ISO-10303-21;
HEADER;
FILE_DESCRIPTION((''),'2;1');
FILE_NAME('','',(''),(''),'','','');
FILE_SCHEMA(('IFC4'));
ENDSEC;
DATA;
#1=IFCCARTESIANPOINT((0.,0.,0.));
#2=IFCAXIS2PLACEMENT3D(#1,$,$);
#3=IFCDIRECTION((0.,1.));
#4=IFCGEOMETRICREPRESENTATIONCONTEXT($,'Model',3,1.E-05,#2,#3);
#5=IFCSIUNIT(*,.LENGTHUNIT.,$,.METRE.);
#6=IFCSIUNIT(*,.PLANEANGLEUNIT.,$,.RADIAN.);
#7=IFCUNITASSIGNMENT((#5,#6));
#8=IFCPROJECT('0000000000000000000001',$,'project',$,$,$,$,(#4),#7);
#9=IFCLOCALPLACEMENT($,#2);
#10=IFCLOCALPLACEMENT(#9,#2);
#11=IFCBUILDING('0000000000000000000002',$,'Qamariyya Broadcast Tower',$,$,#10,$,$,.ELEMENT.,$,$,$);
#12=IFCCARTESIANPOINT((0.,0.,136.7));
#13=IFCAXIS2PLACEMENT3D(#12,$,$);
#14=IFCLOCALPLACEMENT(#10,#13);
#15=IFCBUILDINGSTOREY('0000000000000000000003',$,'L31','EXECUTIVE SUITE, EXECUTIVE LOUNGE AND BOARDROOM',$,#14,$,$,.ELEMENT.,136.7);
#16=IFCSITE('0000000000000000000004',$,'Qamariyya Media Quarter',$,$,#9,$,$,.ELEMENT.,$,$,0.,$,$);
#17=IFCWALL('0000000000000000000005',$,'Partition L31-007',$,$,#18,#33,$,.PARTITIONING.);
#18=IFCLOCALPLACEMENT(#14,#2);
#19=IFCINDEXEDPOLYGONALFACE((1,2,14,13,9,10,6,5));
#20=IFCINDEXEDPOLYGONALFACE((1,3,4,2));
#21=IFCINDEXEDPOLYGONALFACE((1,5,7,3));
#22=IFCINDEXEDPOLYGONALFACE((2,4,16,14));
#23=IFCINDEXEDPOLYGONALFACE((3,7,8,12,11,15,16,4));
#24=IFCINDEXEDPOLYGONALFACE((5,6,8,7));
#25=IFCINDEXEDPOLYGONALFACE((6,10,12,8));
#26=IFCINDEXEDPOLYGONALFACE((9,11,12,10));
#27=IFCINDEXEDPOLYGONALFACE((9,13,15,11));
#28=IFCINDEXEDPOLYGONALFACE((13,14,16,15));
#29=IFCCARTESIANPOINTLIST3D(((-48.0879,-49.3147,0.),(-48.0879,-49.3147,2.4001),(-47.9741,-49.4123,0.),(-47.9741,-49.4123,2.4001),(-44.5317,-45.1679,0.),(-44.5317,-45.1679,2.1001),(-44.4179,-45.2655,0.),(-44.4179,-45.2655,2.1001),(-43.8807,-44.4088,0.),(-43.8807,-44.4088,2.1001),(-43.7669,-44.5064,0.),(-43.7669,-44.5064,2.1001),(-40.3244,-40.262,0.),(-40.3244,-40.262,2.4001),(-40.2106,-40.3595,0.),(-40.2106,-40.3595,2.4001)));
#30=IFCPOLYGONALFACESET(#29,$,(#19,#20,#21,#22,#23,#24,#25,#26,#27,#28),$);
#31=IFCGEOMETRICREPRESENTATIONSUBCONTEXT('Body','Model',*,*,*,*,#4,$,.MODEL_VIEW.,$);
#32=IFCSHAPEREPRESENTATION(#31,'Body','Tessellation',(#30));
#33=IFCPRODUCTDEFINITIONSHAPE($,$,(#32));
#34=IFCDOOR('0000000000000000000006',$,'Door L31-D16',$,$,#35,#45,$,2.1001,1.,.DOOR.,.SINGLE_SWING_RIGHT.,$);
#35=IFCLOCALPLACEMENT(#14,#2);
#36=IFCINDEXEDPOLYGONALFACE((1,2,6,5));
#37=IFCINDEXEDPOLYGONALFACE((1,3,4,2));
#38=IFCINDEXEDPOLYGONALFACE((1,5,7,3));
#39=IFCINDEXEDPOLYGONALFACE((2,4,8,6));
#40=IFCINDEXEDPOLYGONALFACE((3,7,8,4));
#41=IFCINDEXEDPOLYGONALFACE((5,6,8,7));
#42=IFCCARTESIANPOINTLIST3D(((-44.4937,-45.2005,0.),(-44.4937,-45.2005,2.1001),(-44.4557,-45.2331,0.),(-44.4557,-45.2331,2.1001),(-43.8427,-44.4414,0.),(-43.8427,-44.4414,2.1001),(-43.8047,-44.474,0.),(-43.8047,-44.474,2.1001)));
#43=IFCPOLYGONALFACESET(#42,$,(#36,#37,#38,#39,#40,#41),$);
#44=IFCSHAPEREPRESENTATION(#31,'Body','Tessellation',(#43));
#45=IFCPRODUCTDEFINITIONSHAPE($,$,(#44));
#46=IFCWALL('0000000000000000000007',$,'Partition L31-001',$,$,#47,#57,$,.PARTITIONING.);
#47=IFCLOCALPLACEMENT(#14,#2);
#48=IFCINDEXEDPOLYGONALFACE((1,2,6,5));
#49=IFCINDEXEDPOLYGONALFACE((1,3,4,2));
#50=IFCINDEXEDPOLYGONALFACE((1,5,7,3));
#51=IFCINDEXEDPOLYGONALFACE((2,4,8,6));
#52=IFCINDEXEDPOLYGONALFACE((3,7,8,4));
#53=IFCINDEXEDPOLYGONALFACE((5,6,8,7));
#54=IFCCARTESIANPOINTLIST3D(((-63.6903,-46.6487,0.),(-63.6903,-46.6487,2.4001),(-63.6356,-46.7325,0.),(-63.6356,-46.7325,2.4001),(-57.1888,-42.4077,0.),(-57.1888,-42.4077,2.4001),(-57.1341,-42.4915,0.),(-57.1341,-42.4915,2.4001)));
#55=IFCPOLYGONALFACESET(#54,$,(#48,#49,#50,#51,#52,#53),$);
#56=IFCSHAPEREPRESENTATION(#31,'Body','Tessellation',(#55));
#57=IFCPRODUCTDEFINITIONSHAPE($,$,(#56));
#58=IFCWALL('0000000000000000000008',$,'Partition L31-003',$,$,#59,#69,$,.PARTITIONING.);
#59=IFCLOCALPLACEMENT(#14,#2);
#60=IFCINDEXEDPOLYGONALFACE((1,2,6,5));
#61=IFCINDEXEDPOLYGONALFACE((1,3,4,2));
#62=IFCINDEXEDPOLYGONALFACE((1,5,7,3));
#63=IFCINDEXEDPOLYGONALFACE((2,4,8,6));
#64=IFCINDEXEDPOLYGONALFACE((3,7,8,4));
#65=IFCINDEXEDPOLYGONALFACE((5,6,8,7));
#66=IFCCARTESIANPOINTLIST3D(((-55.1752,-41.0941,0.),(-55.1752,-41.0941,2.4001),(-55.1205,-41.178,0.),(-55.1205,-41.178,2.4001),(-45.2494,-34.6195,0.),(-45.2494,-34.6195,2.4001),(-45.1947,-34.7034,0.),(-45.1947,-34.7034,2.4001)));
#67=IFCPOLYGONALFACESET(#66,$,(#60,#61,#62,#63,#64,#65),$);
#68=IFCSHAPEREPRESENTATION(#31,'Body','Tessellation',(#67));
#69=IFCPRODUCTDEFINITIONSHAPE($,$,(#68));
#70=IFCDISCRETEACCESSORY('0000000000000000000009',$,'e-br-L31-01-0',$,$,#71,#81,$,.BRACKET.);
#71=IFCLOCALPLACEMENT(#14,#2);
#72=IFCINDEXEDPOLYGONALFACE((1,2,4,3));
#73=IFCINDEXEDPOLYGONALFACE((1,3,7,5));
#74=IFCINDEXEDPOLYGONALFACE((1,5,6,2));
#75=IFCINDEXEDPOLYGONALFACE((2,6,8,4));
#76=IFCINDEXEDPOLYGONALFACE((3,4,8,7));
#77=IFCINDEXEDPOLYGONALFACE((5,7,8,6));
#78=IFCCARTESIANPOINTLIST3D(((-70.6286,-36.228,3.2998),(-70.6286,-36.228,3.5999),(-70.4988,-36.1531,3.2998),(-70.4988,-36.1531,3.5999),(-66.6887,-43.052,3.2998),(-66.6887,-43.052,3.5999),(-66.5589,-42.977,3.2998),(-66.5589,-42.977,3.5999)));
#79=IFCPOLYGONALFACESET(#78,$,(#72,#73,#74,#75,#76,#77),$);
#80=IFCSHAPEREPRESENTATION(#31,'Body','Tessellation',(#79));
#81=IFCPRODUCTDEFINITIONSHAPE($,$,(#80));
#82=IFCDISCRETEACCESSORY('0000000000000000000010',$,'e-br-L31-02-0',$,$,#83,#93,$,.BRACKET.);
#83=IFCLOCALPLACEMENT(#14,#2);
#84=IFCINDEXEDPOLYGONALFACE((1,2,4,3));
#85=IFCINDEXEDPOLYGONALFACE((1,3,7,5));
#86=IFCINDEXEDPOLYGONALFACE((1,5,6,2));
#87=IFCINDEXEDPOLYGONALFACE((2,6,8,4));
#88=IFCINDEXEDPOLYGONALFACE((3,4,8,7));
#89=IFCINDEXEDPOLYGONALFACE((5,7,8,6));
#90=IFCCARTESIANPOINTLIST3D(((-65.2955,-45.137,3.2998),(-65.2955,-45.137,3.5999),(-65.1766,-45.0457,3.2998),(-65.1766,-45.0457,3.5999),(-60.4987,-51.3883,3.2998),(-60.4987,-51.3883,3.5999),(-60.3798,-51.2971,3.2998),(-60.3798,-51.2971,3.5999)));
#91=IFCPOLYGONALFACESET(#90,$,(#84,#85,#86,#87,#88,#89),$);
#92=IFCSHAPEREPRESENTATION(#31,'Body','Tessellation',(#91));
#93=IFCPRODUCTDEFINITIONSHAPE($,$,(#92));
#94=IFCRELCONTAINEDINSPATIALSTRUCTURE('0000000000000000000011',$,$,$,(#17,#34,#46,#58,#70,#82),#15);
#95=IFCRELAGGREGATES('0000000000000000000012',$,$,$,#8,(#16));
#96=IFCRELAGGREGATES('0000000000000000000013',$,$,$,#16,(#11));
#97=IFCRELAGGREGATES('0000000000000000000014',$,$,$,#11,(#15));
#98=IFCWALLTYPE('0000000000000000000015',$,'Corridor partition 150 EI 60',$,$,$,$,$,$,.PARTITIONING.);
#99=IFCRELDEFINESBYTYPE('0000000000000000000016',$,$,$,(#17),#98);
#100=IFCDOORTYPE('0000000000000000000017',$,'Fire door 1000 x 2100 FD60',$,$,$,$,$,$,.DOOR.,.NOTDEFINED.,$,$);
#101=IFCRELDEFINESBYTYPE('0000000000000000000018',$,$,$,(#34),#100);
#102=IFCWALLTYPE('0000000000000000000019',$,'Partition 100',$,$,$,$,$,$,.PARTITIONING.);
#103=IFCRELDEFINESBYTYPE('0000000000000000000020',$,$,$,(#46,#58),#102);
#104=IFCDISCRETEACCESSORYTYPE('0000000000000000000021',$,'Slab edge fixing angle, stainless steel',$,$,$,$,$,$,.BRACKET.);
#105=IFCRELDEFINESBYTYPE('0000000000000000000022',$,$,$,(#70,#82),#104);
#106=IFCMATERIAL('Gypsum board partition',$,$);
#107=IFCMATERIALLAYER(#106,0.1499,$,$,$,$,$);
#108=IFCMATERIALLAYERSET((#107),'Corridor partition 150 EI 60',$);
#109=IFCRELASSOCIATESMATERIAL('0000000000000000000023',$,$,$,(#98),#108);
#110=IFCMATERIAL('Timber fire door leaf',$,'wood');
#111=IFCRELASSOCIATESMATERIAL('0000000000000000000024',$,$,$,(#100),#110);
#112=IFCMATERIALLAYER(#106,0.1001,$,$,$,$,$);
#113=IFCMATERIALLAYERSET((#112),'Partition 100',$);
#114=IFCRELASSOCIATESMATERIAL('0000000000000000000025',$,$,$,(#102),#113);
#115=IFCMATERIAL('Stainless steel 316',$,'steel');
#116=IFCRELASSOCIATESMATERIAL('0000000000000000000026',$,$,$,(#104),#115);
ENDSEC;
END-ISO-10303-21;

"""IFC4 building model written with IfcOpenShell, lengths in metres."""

from ifc_helpers import new_model, si_unit, direction, frame, frame_2d, origin, origin_2d, place, context, subcontext, project, spatial, rectangle, extrude, material, layer, layer_set, type_object, element, fill, save


model = new_model("IFC4")

# Units and contexts
model_context = context("Model", 3, precision=1e-05, world=origin(), true_north=direction((0.0, 1.0)))
body_context = subcontext(model_context, "Body", "Model", "MODEL_VIEW")
ifc_project = project(units=[si_unit("LENGTHUNIT", "METRE"), si_unit("PLANEANGLEUNIT", "RADIAN")], contexts=[model_context])

# Site, building, storey
site_placement = place(None, origin())
site = spatial("IfcSite", under=ifc_project, at=site_placement, Name="Qamariyya Media Quarter", CompositionType="ELEMENT", RefElevation=0.0)
building_placement = place(site_placement, origin())
building = spatial("IfcBuilding", under=site, at=building_placement, Name="Qamariyya Broadcast Tower", CompositionType="ELEMENT")
storey_placement = place(building_placement, frame((0.0, 0.0, 136.7)))
storey = spatial("IfcBuildingStorey", under=building, at=storey_placement, Name="L31", Description="EXECUTIVE SUITE, EXECUTIVE LOUNGE AND BOARDROOM", CompositionType="ELEMENT", Elevation=136.7)

# Shared definitions
ifc_material_1 = material(Name="Gypsum board partition")
ifc_layer_1 = layer(ifc_material_1, 0.1499)
ifc_layer_set_1 = layer_set([ifc_layer_1], Name="Corridor partition 150 EI 60")
wall_type_1 = type_object("IfcWallType", Name="Corridor partition 150 EI 60", PredefinedType="PARTITIONING", material=ifc_layer_set_1)
ifc_material_2 = material(Name="Timber fire door leaf", Category="wood")
door_type = type_object("IfcDoorType", Name="Fire door 1000 x 2100 FD60", OperationType="NOTDEFINED", PredefinedType="DOOR", material=ifc_material_2)

# Wall, opening, door
wall_1_placement = place(storey_placement, frame((-48.031, -49.3635, 0.0), z_axis=(0.0, 0.0, 1.0), x_axis=(0.650982, 0.759093, 0.0)))
wall_1 = element("IfcWall", 1, at=wall_1_placement, inside=storey, type_object=wall_type_1, Name="Partition L31-007", PredefinedType="PARTITIONING", context=body_context, shape_type="SweptSolid", body=[
    extrude(rectangle(XDim=11.9258, YDim=0.1499, at=frame_2d((5.9629, 0.0))), origin(), (0.0, 0.0, 1.0), 2.4001),
])
opening_1_placement = place(wall_1_placement, frame((5.4629, 0.0, 0.0)))
opening_1 = element("IfcOpeningElement", 2, at=opening_1_placement, cuts=wall_1, PredefinedType="OPENING", context=body_context, shape_type="SweptSolid", body=[
    extrude(rectangle(XDim=1.0, YDim=2.1001, at=frame_2d((0.5, 1.05))), frame((0.0, 0.085, 0.0), z_axis=(0.0, -1.0, 0.0), x_axis=(1.0, 0.0, 0.0)), (0.0, 0.0, 1.0), 0.1699),
])
door_1_placement = place(opening_1_placement, origin())
door_1 = element("IfcDoor", 3, at=door_1_placement, inside=storey, type_object=door_type, Name="Door L31-D16", OperationType="SINGLE_SWING_RIGHT", OverallHeight=2.1001, OverallWidth=1.0, PredefinedType="DOOR", context=body_context, shape_type="SweptSolid", body=[
    extrude(rectangle(XDim=1.0, YDim=2.1001, at=frame_2d((0.5, 1.05))), frame((0.0, 0.0249, 0.0), z_axis=(0.0, -1.0, 0.0), x_axis=(1.0, 0.0, 0.0)), (0.0, 0.0, 1.0), 0.05),
])
fill(opening_1, door_1)

# Walls
ifc_layer_2 = layer(ifc_material_1, 0.1001)
ifc_layer_set_2 = layer_set([ifc_layer_2], Name="Partition 100")
wall_type_2 = type_object("IfcWallType", Name="Partition 100", PredefinedType="PARTITIONING", material=ifc_layer_set_2)
wall_2_placement = place(storey_placement, frame((-63.6631, -46.6907, 0.0), z_axis=(0.0, 0.0, 1.0), x_axis=(0.837559, 0.546347, 0.0)))
element("IfcWall", 4, at=wall_2_placement, inside=storey, type_object=wall_type_2, Name="Partition L31-001", PredefinedType="PARTITIONING", context=body_context, shape_type="SweptSolid", body=[
    extrude(rectangle(XDim=7.7625, YDim=0.1001, at=frame_2d((3.8813, 0.0))), origin(), (0.0, 0.0, 1.0), 2.4001),
])
wall_3_placement = place(storey_placement, frame((-55.1477, -41.136, 0.0), z_axis=(0.0, 0.0, 1.0), x_axis=(0.837561, 0.546343, 0.0)))
element("IfcWall", 5, at=wall_3_placement, inside=storey, type_object=wall_type_2, Name="Partition L31-003", PredefinedType="PARTITIONING", context=body_context, shape_type="SweptSolid", body=[
    extrude(rectangle(XDim=11.8508, YDim=0.1001, at=frame_2d((5.9253, 0.0))), origin(), (0.0, 0.0, 1.0), 2.4001),
])

# Discrete accessories
ifc_material_3 = material(Name="Stainless steel 316", Category="steel")
discrete_accessory_type = type_object("IfcDiscreteAccessoryType", Name="Slab edge fixing angle, stainless steel", PredefinedType="BRACKET", material=ifc_material_3)
for number, where, z_axis, x_axis, name in (
    (6, (-68.5938, -39.6025, 3.2998), (0.0, 0.0, 1.0), (0.5, -0.866025, 0.0), "e-br-L31-01-0"),
    (7, (-62.8376, -48.217, 3.2998), (0.0, 0.0, 1.0), (0.608761, -0.793353, 0.0), "e-br-L31-02-0"),
):
    element("IfcDiscreteAccessory", number, at=place(storey_placement, frame(where, z_axis=z_axis, x_axis=x_axis)), inside=storey, type_object=discrete_accessory_type, Name=name, PredefinedType="BRACKET", context=body_context, shape_type="SweptSolid", body=[
        extrude(rectangle(XDim=7.8796, YDim=0.1499, at=origin_2d()), origin(), (0.0, 0.0, 1.0), 0.3),
    ])

save(model, "model.ifc")
